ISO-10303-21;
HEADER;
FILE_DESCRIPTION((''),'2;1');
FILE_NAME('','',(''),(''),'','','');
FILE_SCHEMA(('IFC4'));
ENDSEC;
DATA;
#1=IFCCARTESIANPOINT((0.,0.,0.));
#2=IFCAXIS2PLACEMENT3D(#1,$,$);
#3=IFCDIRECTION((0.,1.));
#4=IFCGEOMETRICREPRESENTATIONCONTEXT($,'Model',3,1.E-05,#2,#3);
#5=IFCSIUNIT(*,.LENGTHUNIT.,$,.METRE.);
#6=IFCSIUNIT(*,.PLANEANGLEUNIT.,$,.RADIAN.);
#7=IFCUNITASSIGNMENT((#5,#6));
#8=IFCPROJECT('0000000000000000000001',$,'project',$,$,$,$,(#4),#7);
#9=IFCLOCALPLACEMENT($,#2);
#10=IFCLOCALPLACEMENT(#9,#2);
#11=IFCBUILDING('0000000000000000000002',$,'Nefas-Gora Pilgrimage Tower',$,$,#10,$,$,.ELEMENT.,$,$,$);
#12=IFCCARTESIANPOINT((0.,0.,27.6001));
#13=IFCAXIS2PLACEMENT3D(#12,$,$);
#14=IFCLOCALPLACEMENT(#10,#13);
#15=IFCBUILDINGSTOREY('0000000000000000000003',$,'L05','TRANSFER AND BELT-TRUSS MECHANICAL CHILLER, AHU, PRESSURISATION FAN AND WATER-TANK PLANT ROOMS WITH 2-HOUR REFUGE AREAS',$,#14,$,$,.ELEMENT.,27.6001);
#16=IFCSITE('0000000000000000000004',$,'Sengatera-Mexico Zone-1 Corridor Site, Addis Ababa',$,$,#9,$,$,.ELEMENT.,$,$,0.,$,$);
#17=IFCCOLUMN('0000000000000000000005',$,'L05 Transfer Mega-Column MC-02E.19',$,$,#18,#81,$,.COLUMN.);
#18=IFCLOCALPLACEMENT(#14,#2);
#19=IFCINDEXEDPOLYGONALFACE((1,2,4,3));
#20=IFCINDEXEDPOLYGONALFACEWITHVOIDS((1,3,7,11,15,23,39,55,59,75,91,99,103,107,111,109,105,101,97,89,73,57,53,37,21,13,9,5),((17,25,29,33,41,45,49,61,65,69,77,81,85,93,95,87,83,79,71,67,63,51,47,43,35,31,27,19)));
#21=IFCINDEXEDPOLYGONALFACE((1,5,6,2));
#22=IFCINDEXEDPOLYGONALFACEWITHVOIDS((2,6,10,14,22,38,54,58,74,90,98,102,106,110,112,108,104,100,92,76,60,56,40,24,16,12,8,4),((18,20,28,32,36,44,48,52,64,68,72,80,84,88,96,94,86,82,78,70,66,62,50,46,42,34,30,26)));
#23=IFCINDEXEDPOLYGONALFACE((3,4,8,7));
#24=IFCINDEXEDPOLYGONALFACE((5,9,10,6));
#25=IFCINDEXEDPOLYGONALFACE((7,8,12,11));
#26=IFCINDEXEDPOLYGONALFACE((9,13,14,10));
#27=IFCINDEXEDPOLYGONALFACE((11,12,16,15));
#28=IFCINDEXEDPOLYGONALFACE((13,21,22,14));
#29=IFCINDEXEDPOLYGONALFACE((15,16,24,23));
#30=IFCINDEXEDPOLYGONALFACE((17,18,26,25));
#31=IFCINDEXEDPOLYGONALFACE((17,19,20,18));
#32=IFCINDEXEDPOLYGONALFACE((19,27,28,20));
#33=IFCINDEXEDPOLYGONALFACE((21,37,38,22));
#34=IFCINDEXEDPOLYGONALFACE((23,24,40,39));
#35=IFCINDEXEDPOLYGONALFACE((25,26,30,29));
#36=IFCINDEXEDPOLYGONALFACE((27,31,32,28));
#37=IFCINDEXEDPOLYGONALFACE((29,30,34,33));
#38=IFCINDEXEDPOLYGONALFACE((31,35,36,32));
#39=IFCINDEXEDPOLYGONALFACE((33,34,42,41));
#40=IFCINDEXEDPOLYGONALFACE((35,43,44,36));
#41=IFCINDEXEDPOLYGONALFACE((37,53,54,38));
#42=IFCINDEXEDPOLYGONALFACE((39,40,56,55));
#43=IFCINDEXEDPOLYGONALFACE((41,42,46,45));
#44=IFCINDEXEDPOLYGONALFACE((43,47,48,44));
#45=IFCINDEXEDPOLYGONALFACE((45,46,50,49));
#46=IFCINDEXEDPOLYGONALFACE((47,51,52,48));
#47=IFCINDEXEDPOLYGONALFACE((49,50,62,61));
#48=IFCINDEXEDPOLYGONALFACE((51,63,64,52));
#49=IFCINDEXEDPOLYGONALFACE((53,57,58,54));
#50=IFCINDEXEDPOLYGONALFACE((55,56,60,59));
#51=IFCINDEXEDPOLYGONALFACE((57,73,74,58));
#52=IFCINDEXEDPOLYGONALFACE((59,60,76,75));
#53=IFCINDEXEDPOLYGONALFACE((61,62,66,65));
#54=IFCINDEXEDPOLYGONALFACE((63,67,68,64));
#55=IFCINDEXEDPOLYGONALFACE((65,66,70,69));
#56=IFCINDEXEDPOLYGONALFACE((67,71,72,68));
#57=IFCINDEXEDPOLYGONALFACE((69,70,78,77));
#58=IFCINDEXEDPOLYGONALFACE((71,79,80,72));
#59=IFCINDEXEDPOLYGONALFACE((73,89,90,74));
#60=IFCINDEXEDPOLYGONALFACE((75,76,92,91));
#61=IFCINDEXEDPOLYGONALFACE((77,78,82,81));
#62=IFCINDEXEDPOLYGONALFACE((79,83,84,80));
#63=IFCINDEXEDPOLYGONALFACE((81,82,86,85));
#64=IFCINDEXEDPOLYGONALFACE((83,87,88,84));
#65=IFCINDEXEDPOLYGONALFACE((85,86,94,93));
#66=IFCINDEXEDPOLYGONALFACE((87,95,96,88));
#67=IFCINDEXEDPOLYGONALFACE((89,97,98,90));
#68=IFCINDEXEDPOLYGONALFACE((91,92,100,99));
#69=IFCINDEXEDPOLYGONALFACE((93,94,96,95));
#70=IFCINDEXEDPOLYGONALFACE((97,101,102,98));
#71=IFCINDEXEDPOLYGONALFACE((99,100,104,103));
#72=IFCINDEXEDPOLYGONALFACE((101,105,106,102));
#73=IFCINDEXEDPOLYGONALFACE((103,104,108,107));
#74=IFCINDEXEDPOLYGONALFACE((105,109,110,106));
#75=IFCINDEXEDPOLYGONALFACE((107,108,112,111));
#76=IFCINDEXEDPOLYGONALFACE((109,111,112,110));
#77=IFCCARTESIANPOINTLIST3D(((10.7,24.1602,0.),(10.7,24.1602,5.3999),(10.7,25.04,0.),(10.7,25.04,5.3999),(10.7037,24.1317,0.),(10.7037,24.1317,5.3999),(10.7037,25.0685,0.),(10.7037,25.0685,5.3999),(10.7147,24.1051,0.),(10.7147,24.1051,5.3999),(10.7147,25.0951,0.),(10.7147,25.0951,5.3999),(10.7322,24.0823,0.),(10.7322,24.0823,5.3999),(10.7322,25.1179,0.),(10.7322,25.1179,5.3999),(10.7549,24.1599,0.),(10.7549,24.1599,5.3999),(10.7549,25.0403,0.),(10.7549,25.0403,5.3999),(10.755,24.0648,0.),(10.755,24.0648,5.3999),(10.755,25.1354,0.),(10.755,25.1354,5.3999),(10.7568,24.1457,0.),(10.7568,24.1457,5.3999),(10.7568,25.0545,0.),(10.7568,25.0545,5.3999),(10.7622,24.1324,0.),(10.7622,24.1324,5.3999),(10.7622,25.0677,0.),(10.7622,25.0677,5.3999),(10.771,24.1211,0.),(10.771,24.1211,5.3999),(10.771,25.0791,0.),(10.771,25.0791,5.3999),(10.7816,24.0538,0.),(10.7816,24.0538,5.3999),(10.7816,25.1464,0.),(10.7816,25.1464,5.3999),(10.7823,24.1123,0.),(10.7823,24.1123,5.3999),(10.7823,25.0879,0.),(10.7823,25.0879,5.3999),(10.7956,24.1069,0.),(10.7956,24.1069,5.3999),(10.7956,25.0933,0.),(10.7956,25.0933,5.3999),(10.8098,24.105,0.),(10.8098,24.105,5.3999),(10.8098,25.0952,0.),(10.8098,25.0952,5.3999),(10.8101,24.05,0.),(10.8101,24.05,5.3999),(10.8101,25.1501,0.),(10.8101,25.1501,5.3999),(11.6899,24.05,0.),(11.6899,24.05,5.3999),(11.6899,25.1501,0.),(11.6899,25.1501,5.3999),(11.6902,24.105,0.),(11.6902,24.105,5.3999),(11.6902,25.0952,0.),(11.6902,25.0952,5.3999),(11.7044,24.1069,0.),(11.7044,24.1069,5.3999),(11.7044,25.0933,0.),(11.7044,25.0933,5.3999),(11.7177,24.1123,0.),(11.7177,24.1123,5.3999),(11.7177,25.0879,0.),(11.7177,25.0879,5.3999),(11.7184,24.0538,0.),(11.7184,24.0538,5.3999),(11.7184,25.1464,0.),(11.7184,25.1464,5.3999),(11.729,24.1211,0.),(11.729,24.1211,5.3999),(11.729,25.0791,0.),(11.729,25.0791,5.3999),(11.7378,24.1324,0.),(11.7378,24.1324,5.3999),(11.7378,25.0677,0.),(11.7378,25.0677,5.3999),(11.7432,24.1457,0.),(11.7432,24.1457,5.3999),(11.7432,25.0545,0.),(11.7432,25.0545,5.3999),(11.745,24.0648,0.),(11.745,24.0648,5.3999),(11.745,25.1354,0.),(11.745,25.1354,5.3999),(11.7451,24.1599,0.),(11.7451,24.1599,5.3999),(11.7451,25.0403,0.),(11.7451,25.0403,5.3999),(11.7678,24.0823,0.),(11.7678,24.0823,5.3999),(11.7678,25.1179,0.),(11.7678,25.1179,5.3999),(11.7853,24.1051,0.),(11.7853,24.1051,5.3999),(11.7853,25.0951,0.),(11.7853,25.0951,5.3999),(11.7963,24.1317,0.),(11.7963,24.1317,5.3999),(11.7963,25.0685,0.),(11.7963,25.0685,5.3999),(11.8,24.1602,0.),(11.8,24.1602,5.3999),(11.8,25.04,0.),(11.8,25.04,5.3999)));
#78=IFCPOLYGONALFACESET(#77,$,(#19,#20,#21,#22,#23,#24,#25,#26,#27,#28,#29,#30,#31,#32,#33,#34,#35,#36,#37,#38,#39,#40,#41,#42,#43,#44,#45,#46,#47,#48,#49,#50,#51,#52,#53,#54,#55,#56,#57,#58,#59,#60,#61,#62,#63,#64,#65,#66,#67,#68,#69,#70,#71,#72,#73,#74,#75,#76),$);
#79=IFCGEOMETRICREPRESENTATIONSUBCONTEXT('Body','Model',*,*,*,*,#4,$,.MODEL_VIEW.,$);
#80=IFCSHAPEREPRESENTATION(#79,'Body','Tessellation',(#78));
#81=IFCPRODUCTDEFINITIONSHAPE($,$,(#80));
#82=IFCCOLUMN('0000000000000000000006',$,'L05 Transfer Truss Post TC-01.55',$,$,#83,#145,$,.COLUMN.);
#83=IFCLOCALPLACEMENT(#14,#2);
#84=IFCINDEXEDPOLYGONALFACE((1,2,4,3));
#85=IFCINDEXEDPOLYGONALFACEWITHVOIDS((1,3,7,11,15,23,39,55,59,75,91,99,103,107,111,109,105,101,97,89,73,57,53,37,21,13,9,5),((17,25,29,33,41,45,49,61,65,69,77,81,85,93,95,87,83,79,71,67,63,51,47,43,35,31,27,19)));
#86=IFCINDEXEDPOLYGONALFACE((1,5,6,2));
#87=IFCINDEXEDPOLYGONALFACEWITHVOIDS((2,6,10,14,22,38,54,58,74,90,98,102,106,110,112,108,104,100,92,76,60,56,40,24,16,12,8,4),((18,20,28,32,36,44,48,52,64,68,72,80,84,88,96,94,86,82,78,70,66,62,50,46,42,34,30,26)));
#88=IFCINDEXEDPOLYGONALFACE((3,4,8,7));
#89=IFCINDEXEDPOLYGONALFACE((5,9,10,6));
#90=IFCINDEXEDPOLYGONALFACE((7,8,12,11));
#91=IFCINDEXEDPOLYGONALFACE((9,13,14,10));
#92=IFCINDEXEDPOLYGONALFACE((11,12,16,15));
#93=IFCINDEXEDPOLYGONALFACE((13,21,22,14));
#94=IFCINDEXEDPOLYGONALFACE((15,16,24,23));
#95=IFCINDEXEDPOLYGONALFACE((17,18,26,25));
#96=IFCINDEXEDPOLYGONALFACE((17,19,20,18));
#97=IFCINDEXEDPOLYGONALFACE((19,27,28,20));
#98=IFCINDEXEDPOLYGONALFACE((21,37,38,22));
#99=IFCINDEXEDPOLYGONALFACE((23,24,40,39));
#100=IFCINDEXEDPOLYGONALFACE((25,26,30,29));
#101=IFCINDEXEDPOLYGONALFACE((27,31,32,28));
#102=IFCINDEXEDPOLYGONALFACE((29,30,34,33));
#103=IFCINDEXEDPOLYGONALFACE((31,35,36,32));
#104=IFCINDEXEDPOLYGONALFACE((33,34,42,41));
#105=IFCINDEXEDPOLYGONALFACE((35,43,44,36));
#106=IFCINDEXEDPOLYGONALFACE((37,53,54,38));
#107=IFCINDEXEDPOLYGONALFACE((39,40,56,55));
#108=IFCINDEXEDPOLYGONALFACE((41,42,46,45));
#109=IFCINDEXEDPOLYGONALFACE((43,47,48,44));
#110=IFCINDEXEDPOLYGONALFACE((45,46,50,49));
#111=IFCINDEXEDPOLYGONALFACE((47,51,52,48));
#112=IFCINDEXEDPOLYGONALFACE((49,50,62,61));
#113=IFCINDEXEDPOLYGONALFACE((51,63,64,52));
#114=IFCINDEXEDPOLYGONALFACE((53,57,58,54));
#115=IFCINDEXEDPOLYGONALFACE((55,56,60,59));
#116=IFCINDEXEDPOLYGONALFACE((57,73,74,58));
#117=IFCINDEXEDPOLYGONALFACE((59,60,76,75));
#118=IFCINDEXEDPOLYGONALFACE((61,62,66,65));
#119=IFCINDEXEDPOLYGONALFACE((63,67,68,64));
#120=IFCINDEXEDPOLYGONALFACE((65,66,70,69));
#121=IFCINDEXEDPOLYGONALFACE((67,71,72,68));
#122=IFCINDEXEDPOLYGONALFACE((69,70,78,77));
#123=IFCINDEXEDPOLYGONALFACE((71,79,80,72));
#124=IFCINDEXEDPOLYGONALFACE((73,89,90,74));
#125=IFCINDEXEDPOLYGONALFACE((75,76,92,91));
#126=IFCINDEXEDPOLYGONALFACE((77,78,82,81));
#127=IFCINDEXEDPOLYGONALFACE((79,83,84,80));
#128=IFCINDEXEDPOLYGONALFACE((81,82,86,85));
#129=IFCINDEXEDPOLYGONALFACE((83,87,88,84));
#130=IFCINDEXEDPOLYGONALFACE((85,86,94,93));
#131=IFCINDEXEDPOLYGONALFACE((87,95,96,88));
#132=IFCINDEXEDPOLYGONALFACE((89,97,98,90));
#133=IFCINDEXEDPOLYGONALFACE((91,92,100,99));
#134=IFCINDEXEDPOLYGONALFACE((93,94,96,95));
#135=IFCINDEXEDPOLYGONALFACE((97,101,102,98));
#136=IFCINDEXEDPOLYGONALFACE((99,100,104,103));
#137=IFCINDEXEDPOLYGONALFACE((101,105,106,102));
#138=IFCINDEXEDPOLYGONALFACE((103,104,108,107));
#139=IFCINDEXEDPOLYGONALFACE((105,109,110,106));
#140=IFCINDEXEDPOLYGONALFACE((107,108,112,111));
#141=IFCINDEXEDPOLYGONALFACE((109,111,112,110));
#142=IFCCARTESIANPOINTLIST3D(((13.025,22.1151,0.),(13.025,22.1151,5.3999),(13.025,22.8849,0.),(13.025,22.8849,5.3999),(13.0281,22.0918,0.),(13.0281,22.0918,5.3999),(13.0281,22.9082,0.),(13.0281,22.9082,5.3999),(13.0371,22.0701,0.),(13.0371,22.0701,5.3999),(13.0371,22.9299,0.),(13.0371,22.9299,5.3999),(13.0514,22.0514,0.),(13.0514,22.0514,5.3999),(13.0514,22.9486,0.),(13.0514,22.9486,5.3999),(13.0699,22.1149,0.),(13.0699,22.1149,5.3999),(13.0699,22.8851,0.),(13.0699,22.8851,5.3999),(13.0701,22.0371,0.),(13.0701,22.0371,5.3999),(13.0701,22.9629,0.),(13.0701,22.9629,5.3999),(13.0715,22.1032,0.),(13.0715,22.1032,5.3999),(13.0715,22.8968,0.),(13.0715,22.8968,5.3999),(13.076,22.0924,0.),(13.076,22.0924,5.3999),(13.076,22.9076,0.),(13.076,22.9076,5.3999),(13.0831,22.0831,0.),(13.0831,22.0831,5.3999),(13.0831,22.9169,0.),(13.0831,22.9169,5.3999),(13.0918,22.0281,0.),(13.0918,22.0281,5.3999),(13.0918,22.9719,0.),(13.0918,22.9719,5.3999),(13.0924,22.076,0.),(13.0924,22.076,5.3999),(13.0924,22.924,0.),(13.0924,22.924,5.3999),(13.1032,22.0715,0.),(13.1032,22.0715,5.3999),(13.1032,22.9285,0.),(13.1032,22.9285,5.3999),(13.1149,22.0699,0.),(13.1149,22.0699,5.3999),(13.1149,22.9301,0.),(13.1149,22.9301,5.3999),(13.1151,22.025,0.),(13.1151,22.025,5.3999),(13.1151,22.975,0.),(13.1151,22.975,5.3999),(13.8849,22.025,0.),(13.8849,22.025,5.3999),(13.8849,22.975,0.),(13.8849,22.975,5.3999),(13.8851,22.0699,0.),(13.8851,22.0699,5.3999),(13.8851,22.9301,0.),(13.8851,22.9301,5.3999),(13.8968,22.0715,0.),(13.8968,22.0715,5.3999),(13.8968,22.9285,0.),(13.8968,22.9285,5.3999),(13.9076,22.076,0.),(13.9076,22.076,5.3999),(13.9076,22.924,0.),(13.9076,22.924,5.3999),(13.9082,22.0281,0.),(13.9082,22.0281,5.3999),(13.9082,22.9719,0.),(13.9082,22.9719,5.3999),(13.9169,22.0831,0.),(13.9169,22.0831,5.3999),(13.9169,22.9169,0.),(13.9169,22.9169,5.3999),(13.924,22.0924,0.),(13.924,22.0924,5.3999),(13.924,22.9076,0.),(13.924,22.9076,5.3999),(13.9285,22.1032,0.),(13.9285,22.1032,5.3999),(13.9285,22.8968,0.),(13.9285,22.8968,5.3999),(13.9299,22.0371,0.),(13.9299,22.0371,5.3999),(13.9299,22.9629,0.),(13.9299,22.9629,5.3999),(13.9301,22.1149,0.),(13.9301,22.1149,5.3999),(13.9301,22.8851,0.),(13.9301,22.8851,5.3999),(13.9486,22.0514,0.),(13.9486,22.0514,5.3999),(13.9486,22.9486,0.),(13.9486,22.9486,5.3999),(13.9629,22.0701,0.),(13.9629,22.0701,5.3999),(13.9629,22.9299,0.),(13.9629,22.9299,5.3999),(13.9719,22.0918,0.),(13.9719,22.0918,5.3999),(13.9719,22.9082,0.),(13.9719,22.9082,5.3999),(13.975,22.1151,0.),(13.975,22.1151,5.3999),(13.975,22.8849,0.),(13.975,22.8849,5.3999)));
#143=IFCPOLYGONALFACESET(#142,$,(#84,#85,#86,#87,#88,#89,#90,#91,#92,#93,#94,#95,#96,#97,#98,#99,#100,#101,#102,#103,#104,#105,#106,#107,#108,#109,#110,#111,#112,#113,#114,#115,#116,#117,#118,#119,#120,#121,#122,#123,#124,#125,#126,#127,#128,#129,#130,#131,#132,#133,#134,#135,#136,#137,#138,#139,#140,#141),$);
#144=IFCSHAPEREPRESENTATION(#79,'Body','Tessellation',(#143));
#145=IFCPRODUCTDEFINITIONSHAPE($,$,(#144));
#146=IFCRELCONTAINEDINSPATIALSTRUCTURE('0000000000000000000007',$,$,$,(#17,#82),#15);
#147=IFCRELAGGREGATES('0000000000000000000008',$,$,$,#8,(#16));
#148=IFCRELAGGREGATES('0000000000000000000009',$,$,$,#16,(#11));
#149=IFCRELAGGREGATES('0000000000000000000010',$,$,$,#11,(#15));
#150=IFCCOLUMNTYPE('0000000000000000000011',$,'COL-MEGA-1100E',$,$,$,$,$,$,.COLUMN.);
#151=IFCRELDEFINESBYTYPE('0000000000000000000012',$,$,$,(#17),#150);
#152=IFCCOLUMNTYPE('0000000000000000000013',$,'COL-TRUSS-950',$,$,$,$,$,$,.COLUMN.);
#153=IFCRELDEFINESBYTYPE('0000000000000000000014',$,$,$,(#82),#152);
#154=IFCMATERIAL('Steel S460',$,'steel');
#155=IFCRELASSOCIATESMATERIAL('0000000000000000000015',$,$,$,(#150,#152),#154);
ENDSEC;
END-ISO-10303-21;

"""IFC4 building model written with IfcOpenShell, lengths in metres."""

from ifc_helpers import new_model, si_unit, direction, frame, origin, origin_2d, place, context, subcontext, project, spatial, hollow_rectangle, extrude, source, transform, mapped, material, material_profile, profile_set, type_object, element, save


model = new_model("IFC4")

# Units and contexts
model_context = context("Model", 3, precision=1e-05, world=origin(), true_north=direction((0.0, 1.0)))
body_context = subcontext(model_context, "Body", "Model", "MODEL_VIEW")
ifc_project = project(units=[si_unit("LENGTHUNIT", "METRE"), si_unit("PLANEANGLEUNIT", "RADIAN")], contexts=[model_context])

# Site, building, storey
site_placement = place(None, origin())
site = spatial("IfcSite", under=ifc_project, at=site_placement, Name="Sengatera-Mexico Zone-1 Corridor Site, Addis Ababa", CompositionType="ELEMENT", RefElevation=0.0)
building_placement = place(site_placement, origin())
building = spatial("IfcBuilding", under=site, at=building_placement, Name="Nefas-Gora Pilgrimage Tower", CompositionType="ELEMENT")
storey_placement = place(building_placement, frame((0.0, 0.0, 27.6001)))
storey = spatial("IfcBuildingStorey", under=building, at=storey_placement, Name="L05", Description="TRANSFER AND BELT-TRUSS MECHANICAL CHILLER, AHU, PRESSURISATION FAN AND WATER-TANK PLANT ROOMS WITH 2-HOUR REFUGE AREAS", CompositionType="ELEMENT", Elevation=27.6001)

# Columns
ifc_material = material(Name="Steel S460", Category="steel")
ifc_material_profile_1 = material_profile(ifc_material, hollow_rectangle(XDim=1.1001, YDim=1.1001, WallThickness=0.0549, InnerFilletRadius=0.0549, OuterFilletRadius=0.1101, at=origin_2d()), Name="BOX 1100x1100x55")
ifc_profile_set_1 = profile_set([ifc_material_profile_1], Name="Steel S460")
column_type_1 = type_object("IfcColumnType", Name="COL-MEGA-1100E", PredefinedType="COLUMN", material=ifc_profile_set_1)
shared_shape_1 = source(origin(), body_context, "Body", "SweptSolid", [
    extrude(hollow_rectangle(XDim=1.1001, YDim=1.1001, WallThickness=0.0549, InnerFilletRadius=0.0549, OuterFilletRadius=0.1101, at=origin_2d()), origin(), (0.0, 0.0, 1.0), 5.3999),
])
column_placement = place(storey_placement, frame((11.25, 24.6001, 0.0), z_axis=(0.0, 0.0, 1.0), x_axis=(1.0, 0.0, 0.0)))
element("IfcColumn", 1, at=column_placement, inside=storey, type_object=column_type_1, Name="L05 Transfer Mega-Column MC-02E.19", PredefinedType="COLUMN", context=body_context, shape_type="MappedRepresentation", body=[
    mapped(shared_shape_1, transform((0.0, 0.0, 0.0), x_axis=(1.0, 0.0, 0.0), y_axis=(0.0, 1.0, 0.0), z_axis=(0.0, 0.0, 1.0), scale=1.0)),
])
ifc_material_profile_2 = material_profile(ifc_material, hollow_rectangle(XDim=0.95, YDim=0.95, WallThickness=0.0449, InnerFilletRadius=0.0449, OuterFilletRadius=0.0901, at=origin_2d()), Name="BOX 950x950x45")
ifc_profile_set_2 = profile_set([ifc_material_profile_2], Name="Steel S460")
column_type_2 = type_object("IfcColumnType", Name="COL-TRUSS-950", PredefinedType="COLUMN", material=ifc_profile_set_2)
shared_shape_2 = source(origin(), body_context, "Body", "SweptSolid", [
    extrude(hollow_rectangle(XDim=0.95, YDim=0.95, WallThickness=0.0449, InnerFilletRadius=0.0449, OuterFilletRadius=0.0901, at=origin_2d()), origin(), (0.0, 0.0, 1.0), 5.3999),
])
for number, where, z_axis, x_axis, name in (
    (2, (13.5, 22.5, 0.0), (0.0, 0.0, 1.0), (1.0, 0.0, 0.0), "L05 Transfer Truss Post TC-01.55"),
):
    element("IfcColumn", number, at=place(storey_placement, frame(where, z_axis=z_axis, x_axis=x_axis)), inside=storey, type_object=column_type_2, Name=name, PredefinedType="COLUMN", context=body_context, shape_type="MappedRepresentation", body=[
        mapped(shared_shape_2, transform((0.0, 0.0, 0.0), x_axis=(1.0, 0.0, 0.0), y_axis=(0.0, 1.0, 0.0), z_axis=(0.0, 0.0, 1.0), scale=1.0)),
    ])

save(model, "model.ifc")
